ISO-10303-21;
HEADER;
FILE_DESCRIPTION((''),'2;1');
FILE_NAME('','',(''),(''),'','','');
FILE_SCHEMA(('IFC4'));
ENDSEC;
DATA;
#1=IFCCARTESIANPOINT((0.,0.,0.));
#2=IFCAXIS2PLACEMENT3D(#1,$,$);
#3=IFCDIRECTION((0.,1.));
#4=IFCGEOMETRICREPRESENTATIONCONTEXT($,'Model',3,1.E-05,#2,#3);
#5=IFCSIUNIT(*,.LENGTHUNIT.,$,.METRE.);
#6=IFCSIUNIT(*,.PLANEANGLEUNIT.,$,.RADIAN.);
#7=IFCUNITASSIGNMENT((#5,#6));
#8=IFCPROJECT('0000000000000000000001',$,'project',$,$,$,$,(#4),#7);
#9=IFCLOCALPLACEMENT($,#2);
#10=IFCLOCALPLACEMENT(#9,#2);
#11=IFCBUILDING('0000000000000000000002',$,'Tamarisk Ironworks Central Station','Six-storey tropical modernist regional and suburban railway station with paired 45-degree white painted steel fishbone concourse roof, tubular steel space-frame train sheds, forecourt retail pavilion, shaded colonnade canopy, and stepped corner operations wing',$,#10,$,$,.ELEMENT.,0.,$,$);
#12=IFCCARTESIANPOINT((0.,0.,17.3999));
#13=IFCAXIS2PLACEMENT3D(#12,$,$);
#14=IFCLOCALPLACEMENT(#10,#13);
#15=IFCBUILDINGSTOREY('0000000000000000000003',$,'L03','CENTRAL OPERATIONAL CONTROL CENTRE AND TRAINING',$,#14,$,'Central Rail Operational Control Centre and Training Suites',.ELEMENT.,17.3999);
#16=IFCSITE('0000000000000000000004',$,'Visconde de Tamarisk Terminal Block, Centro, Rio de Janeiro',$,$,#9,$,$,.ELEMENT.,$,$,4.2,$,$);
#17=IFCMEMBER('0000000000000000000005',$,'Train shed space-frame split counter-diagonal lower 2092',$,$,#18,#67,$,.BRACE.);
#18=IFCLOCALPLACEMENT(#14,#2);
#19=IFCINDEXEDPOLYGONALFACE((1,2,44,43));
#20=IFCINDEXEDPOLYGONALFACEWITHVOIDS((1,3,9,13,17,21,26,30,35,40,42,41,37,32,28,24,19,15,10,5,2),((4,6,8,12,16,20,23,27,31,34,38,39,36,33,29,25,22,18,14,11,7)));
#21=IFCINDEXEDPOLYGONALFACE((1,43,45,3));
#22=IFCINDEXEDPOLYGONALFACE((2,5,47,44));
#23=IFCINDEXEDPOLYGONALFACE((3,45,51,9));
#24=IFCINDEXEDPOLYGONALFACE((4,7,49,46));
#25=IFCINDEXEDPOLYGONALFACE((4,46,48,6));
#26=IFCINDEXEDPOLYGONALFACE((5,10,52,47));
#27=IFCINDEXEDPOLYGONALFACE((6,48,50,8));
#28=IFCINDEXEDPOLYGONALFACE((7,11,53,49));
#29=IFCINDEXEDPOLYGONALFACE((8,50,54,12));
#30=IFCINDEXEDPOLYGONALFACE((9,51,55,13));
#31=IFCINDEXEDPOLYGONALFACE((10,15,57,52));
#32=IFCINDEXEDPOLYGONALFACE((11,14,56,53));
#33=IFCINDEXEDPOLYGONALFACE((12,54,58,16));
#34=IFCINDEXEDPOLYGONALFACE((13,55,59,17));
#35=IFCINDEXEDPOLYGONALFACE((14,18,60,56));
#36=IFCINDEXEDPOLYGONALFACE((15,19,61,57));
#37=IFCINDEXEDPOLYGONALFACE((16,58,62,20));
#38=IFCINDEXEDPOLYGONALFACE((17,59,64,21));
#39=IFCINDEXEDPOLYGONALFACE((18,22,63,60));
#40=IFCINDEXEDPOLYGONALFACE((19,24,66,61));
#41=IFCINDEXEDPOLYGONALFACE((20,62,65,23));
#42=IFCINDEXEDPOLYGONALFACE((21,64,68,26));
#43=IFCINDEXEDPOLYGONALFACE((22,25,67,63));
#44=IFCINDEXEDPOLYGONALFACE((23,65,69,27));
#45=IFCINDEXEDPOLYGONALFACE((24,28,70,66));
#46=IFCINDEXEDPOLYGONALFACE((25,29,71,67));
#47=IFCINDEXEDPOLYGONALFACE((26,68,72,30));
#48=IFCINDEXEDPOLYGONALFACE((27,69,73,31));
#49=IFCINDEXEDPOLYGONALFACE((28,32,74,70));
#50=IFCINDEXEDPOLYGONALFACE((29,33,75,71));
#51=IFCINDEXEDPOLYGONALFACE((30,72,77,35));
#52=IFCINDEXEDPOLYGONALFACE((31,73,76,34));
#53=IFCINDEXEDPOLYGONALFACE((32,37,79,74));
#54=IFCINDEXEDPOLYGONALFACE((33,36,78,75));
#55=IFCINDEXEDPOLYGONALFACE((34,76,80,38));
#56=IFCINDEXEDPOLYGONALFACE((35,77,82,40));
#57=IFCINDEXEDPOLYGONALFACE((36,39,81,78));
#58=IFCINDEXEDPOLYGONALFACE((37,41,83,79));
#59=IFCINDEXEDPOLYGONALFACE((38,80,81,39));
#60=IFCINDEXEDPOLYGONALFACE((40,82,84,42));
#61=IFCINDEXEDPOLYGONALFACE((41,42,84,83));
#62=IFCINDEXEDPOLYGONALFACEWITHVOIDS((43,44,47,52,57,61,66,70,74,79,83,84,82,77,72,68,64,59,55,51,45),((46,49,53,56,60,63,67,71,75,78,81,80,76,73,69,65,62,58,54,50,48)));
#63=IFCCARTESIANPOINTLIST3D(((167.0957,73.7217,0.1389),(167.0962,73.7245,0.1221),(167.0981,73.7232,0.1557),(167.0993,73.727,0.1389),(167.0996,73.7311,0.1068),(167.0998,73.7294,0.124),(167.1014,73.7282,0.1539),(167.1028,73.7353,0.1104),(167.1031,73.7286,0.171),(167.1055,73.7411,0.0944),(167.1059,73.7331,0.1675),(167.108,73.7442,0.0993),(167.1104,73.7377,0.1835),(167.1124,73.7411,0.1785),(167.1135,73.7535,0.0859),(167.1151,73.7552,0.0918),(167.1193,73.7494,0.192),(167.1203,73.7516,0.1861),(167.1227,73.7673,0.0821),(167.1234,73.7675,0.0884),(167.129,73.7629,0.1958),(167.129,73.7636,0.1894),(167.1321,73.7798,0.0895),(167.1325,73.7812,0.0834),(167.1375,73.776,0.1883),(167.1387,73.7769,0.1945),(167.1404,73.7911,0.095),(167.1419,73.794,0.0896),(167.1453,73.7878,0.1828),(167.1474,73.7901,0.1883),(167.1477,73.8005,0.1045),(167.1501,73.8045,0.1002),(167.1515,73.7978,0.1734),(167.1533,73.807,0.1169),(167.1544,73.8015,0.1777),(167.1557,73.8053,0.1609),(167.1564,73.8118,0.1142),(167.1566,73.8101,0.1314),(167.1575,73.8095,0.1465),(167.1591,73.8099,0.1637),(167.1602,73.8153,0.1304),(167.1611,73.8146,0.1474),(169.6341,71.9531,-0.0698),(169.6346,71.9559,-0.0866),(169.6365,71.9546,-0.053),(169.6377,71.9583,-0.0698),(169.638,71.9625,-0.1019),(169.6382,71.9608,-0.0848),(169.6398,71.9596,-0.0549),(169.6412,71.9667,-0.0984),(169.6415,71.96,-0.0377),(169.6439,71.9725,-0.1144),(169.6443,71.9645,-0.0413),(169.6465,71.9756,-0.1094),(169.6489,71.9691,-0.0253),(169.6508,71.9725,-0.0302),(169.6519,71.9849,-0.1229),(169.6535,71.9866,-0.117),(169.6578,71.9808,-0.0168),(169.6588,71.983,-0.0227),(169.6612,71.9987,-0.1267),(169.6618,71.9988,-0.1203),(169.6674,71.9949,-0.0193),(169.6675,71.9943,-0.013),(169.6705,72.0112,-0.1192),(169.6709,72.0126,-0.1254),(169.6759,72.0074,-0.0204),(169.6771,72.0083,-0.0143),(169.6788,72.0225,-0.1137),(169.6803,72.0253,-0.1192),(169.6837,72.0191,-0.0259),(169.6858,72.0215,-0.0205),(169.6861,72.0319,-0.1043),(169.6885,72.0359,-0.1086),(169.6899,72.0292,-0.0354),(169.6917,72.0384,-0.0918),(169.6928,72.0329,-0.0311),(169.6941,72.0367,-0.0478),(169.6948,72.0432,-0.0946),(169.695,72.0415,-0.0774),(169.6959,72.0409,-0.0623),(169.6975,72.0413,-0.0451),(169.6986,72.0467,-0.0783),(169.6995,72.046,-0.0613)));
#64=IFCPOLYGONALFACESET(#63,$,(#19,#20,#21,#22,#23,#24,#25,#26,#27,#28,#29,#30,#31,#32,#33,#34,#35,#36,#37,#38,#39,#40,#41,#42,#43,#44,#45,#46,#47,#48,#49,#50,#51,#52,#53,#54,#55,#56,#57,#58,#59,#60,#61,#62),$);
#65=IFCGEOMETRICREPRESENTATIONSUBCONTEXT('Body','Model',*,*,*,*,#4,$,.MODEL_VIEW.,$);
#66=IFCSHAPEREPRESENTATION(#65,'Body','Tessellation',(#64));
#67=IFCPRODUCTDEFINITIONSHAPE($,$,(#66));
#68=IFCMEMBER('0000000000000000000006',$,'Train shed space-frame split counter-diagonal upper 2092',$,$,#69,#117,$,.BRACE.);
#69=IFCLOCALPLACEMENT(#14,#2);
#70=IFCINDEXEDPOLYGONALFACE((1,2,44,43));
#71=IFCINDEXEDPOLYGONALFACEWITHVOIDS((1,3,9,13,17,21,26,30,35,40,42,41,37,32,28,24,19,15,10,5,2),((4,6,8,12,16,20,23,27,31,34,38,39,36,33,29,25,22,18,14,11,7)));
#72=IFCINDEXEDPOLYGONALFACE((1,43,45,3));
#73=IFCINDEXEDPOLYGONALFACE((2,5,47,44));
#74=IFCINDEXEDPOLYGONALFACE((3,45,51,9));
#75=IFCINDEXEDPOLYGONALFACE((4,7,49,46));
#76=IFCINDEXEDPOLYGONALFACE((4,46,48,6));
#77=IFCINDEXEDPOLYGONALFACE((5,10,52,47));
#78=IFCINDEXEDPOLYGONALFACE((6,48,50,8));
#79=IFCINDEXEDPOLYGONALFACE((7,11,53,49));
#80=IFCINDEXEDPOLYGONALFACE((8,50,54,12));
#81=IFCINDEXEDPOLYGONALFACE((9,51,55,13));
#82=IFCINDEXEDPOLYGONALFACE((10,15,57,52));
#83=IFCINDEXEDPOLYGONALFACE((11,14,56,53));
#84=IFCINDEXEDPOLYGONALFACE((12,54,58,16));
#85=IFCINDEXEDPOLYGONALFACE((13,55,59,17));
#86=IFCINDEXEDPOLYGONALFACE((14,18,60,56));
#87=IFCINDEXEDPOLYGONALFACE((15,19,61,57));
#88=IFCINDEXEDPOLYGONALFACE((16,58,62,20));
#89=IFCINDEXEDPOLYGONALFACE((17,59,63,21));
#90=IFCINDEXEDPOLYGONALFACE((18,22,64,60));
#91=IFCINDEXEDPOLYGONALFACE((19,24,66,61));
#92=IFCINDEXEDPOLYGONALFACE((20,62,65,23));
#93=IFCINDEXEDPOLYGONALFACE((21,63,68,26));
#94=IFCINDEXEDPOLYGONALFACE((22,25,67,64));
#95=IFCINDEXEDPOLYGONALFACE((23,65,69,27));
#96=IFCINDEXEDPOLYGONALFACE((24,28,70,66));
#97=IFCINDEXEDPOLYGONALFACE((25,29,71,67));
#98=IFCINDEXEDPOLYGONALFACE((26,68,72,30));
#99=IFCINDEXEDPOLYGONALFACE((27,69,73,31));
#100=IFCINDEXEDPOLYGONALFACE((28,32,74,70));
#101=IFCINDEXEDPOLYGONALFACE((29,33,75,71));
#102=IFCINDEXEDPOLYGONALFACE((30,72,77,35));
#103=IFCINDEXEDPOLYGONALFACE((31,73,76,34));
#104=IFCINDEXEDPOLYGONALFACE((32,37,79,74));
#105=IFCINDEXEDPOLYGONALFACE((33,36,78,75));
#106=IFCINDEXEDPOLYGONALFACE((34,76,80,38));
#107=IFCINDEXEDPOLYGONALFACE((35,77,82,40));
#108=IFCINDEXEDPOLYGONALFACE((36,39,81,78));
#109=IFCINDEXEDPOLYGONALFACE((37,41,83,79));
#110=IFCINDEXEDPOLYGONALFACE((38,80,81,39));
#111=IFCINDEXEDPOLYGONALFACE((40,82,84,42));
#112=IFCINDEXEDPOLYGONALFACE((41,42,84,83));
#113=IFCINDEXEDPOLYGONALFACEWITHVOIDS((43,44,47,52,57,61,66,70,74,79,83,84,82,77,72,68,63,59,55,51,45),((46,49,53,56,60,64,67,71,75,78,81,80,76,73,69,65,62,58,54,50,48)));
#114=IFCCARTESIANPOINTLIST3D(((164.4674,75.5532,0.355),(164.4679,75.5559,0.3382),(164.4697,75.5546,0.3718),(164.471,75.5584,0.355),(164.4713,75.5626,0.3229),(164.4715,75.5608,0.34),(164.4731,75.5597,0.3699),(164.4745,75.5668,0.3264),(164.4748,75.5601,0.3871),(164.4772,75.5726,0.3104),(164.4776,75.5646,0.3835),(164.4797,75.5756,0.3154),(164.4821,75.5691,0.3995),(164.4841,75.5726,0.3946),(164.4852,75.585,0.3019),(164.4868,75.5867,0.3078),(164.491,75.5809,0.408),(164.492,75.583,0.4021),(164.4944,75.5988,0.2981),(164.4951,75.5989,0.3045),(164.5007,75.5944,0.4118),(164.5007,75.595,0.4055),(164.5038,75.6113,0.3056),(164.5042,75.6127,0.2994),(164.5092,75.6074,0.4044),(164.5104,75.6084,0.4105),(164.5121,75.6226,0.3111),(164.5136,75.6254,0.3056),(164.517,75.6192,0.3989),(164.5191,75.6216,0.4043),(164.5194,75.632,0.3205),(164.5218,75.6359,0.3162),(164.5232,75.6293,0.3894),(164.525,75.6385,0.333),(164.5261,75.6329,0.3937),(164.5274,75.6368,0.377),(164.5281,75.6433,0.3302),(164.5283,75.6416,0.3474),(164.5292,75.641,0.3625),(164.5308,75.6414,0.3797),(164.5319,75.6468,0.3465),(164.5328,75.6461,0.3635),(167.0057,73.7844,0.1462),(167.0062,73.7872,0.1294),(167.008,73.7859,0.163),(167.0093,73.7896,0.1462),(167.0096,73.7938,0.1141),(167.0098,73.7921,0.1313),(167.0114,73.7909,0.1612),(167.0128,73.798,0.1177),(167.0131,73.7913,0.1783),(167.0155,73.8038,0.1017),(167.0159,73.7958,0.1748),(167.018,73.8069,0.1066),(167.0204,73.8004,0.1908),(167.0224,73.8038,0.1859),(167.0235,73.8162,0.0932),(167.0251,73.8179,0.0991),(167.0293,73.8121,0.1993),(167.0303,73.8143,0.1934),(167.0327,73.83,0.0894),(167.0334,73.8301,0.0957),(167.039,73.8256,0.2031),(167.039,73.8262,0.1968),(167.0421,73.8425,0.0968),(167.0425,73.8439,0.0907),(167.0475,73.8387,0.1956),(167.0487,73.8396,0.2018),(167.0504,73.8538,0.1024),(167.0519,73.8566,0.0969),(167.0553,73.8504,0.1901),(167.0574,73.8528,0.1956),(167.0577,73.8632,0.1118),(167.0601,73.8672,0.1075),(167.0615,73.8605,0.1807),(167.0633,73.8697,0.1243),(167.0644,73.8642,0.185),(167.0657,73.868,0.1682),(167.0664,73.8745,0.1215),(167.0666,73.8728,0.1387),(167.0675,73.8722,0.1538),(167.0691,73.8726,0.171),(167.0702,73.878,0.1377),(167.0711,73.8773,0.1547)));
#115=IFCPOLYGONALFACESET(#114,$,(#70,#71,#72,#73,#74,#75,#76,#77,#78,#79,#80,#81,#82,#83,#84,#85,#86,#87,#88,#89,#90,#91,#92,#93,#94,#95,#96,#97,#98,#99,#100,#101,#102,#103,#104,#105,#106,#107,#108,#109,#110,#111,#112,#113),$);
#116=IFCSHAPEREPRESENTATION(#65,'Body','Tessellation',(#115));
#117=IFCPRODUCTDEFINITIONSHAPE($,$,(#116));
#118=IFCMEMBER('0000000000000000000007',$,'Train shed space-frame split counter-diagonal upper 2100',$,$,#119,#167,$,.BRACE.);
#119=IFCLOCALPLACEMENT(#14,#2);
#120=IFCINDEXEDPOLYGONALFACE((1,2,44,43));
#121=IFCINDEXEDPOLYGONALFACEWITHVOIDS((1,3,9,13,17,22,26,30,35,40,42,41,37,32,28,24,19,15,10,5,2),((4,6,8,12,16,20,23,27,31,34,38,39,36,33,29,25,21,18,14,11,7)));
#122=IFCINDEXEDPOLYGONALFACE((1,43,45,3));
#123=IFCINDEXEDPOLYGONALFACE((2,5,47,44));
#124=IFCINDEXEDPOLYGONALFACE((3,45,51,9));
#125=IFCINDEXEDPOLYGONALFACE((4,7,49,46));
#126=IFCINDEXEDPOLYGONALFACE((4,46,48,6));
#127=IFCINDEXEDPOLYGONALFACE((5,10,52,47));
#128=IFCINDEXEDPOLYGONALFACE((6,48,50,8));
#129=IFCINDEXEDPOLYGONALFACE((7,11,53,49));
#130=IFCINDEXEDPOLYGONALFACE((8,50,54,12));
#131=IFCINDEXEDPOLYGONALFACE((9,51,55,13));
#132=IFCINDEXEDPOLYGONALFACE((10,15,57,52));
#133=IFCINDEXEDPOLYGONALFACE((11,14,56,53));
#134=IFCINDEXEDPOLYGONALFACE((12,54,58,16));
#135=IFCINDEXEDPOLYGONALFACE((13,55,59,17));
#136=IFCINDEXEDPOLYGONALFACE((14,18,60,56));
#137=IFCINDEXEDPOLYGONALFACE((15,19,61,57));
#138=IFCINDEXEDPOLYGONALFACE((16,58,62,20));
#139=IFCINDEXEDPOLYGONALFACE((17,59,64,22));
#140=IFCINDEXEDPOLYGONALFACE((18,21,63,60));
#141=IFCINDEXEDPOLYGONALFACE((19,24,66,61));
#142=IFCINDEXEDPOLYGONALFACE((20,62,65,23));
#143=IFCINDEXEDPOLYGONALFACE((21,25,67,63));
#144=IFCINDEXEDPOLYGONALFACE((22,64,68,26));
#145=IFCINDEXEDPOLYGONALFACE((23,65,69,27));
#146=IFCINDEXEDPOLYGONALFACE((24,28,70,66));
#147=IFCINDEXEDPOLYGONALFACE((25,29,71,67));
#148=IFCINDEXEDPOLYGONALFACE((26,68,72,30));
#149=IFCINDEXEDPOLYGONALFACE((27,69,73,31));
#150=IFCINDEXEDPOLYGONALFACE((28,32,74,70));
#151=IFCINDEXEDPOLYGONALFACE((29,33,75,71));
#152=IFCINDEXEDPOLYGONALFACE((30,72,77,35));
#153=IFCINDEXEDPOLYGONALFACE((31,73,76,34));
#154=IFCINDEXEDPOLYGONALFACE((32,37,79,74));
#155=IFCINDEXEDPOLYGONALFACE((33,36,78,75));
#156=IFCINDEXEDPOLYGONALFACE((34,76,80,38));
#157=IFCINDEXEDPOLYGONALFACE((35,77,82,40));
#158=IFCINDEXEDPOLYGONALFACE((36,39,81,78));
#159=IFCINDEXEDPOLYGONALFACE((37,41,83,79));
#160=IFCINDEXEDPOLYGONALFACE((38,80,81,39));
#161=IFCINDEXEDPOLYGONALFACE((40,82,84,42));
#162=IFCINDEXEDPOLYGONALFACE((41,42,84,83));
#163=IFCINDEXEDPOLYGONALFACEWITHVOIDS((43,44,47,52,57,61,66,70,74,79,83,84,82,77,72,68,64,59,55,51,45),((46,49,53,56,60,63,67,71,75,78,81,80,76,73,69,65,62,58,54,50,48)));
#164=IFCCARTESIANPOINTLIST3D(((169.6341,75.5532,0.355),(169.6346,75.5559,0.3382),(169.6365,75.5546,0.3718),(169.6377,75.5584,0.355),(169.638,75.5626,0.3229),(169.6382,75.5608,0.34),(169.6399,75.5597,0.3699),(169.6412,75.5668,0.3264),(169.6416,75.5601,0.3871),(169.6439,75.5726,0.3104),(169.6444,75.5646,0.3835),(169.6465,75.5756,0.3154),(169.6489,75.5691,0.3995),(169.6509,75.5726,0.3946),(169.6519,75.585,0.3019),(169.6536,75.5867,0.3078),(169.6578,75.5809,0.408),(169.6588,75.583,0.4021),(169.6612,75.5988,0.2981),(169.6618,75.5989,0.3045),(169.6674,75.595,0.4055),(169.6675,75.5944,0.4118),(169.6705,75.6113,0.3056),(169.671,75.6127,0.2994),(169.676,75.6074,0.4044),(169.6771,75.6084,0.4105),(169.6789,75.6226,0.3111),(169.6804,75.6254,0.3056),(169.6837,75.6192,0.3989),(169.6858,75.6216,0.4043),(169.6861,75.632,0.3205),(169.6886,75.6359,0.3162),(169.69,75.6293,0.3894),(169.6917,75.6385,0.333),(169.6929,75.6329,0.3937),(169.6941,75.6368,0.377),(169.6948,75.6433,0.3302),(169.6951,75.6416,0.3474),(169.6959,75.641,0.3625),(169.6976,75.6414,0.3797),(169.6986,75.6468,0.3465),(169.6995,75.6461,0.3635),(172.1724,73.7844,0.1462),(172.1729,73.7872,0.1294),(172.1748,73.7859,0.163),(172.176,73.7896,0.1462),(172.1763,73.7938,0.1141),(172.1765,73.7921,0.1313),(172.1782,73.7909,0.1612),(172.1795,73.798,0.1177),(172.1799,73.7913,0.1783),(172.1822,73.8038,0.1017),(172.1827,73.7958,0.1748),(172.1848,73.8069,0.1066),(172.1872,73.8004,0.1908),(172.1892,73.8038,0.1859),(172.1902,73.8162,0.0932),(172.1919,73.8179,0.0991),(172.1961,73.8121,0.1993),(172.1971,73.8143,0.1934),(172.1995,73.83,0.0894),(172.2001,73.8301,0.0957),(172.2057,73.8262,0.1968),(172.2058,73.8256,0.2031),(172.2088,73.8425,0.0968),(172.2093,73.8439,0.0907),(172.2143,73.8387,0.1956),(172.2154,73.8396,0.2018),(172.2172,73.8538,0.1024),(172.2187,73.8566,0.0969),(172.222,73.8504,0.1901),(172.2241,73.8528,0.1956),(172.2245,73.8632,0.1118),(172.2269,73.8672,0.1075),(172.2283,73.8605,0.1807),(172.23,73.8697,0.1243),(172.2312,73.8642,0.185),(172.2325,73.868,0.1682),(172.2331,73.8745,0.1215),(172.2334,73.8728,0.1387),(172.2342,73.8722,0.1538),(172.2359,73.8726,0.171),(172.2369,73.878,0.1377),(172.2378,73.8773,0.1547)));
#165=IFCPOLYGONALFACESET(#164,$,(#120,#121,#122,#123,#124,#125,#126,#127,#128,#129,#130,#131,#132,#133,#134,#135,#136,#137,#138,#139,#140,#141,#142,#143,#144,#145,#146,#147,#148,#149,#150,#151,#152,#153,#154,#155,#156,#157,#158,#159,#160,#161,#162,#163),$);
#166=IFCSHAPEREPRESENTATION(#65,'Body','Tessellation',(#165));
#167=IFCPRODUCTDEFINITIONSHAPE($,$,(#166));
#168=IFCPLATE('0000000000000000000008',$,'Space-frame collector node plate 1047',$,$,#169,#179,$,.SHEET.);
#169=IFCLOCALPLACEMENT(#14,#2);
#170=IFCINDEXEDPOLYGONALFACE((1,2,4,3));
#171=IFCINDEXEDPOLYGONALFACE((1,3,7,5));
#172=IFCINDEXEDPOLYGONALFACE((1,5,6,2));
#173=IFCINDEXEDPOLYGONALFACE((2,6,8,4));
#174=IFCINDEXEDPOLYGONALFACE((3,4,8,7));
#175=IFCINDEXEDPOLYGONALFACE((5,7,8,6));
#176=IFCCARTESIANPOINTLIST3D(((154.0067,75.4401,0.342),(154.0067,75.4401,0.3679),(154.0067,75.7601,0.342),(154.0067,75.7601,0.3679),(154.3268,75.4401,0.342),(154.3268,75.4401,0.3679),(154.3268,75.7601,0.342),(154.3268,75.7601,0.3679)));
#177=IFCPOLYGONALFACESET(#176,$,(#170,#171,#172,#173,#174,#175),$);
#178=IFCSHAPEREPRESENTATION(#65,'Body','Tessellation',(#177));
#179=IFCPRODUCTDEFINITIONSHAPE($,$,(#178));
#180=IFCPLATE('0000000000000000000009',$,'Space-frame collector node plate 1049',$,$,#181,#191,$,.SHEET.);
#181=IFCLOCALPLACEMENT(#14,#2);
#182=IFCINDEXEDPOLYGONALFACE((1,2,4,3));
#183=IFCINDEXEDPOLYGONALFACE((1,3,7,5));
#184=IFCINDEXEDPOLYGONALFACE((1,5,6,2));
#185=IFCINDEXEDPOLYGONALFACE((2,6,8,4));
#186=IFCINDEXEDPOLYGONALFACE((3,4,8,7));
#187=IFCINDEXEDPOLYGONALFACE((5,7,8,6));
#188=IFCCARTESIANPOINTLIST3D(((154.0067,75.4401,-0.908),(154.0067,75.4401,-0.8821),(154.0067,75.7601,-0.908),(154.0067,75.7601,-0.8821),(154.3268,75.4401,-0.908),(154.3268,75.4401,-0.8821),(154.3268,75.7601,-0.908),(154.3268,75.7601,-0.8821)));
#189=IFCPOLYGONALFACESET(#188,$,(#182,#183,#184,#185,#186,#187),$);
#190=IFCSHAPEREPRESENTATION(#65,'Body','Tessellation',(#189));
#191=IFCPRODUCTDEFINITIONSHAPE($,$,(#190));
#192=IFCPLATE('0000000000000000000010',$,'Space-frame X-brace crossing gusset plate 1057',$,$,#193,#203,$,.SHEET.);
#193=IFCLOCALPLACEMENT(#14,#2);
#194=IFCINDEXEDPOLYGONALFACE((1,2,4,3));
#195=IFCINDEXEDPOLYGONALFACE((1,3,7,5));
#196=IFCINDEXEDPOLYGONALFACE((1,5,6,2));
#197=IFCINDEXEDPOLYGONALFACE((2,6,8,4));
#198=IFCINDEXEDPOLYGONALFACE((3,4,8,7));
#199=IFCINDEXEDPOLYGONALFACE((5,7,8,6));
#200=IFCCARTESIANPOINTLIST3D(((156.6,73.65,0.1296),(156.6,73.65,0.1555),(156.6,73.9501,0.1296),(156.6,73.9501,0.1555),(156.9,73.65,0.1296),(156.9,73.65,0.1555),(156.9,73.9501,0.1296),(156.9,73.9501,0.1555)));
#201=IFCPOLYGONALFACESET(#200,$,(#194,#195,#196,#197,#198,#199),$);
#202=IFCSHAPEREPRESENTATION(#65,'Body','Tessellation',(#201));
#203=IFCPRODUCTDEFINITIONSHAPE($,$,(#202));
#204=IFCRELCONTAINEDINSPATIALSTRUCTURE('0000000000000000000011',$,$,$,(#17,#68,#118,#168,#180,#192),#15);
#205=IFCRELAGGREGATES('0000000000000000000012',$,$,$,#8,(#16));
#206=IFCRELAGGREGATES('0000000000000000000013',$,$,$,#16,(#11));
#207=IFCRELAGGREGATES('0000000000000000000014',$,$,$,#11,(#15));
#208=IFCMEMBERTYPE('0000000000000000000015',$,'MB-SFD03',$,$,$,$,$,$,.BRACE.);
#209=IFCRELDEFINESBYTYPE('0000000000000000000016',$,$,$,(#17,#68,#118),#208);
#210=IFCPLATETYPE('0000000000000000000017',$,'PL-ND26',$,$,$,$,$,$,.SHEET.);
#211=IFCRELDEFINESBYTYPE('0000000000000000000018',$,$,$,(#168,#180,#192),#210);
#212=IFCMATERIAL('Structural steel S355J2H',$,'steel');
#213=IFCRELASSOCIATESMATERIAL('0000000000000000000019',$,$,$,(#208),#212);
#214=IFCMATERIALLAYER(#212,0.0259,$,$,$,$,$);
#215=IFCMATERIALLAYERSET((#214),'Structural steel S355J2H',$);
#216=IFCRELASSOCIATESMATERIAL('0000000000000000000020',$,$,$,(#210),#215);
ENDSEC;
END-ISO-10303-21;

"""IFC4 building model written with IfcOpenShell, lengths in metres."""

from ifc_helpers import new_model, si_unit, direction, frame, origin, origin_2d, place, context, subcontext, project, spatial, rectangle, hollow_circle, extrude, material, layer, layer_set, material_profile, profile_set, type_object, element, save


model = new_model("IFC4")

# Units and contexts
model_context = context("Model", 3, precision=1e-05, world=origin(), true_north=direction((0.0, 1.0)))
body_context = subcontext(model_context, "Body", "Model", "MODEL_VIEW")
ifc_project = project(units=[si_unit("LENGTHUNIT", "METRE"), si_unit("PLANEANGLEUNIT", "RADIAN")], contexts=[model_context])

# Site, building, storey
site_placement = place(None, origin())
site = spatial("IfcSite", under=ifc_project, at=site_placement, Name="Visconde de Tamarisk Terminal Block, Centro, Rio de Janeiro", CompositionType="ELEMENT", RefElevation=4.2)
building_placement = place(site_placement, origin())
building = spatial("IfcBuilding", under=site, at=building_placement, Name="Tamarisk Ironworks Central Station", Description="Six-storey tropical modernist regional and suburban railway station with paired 45-degree white painted steel fishbone concourse roof, tubular steel space-frame train sheds, forecourt retail pavilion, shaded colonnade canopy, and stepped corner operations wing", CompositionType="ELEMENT", ElevationOfRefHeight=0.0)
storey_placement = place(building_placement, frame((0.0, 0.0, 17.3999)))
storey = spatial("IfcBuildingStorey", under=building, at=storey_placement, Name="L03", Description="CENTRAL OPERATIONAL CONTROL CENTRE AND TRAINING", LongName="Central Rail Operational Control Centre and Training Suites", CompositionType="ELEMENT", Elevation=17.3999)

# Members
ifc_material = material(Name="Structural steel S355J2H", Category="steel")
ifc_material_profile_1 = material_profile(ifc_material, hollow_circle(Radius=0.0571, WallThickness=0.0063, at=origin_2d()), Name="CHS 114.3x6.3")
ifc_profile_set_1 = profile_set([ifc_material_profile_1], Name="Structural steel S355J2H")
member_type_1 = type_object("IfcMemberType", Name="MB-SFD03", PredefinedType="BRACE", material=ifc_profile_set_1)
for number, where, z_axis, x_axis, name in (
    (1, (169.6667, 72.0, -0.0698), (-0.818625, 0.570369, 0.06732), (-0.571666, -0.820487, 0.0), "Train shed space-frame split counter-diagonal lower 2092"),
    (2, (167.0383, 73.8313, 0.1462), (-0.818589, 0.570422, 0.067317), (-0.571719, -0.82045, 0.0), "Train shed space-frame split counter-diagonal upper 2092"),
    (3, (172.2051, 73.8313, 0.1462), (-0.818589, 0.570422, 0.067317), (-0.571719, -0.82045, 0.0), "Train shed space-frame split counter-diagonal upper 2100"),
):
    element("IfcMember", number, at=place(storey_placement, frame(where, z_axis=z_axis, x_axis=x_axis)), inside=storey, type_object=member_type_1, Name=name, PredefinedType="BRACE", context=body_context, shape_type="SweptSolid", body=[
        extrude(hollow_circle(Radius=0.0571, WallThickness=0.0063, at=origin_2d()), origin(), (0.0, 0.0, 1.0), 3.1008),
    ])

# Plates
ifc_layer = layer(ifc_material, 0.0259)
ifc_layer_set = layer_set([ifc_layer], Name="Structural steel S355J2H")
plate_type = type_object("IfcPlateType", Name="PL-ND26", PredefinedType="SHEET", material=ifc_layer_set)
for number, where, z_axis, x_axis, name in (
    (4, (154.1667, 75.6001, 0.342), (0.0, 0.0, 1.0), (1.0, 0.0, 0.0), "Space-frame collector node plate 1047"),
    (5, (154.1667, 75.6001, -0.908), (0.0, 0.0, 1.0), (1.0, 0.0, 0.0), "Space-frame collector node plate 1049"),
):
    element("IfcPlate", number, at=place(storey_placement, frame(where, z_axis=z_axis, x_axis=x_axis)), inside=storey, type_object=plate_type, Name=name, PredefinedType="SHEET", context=body_context, shape_type="SweptSolid", body=[
        extrude(rectangle(XDim=0.3201, YDim=0.3201, at=origin_2d()), origin(), (0.0, 0.0, 1.0), 0.0259),
    ])
plate_1_placement = place(storey_placement, frame((156.75, 73.8, 0.1296), z_axis=(0.0, 0.0, 1.0), x_axis=(1.0, 0.0, 0.0)))
element("IfcPlate", 6, at=plate_1_placement, inside=storey, type_object=plate_type, Name="Space-frame X-brace crossing gusset plate 1057", PredefinedType="SHEET", context=body_context, shape_type="SweptSolid", body=[
    extrude(rectangle(XDim=0.3, YDim=0.3, at=origin_2d()), origin(), (0.0, 0.0, 1.0), 0.0259),
])

save(model, "model.ifc")
